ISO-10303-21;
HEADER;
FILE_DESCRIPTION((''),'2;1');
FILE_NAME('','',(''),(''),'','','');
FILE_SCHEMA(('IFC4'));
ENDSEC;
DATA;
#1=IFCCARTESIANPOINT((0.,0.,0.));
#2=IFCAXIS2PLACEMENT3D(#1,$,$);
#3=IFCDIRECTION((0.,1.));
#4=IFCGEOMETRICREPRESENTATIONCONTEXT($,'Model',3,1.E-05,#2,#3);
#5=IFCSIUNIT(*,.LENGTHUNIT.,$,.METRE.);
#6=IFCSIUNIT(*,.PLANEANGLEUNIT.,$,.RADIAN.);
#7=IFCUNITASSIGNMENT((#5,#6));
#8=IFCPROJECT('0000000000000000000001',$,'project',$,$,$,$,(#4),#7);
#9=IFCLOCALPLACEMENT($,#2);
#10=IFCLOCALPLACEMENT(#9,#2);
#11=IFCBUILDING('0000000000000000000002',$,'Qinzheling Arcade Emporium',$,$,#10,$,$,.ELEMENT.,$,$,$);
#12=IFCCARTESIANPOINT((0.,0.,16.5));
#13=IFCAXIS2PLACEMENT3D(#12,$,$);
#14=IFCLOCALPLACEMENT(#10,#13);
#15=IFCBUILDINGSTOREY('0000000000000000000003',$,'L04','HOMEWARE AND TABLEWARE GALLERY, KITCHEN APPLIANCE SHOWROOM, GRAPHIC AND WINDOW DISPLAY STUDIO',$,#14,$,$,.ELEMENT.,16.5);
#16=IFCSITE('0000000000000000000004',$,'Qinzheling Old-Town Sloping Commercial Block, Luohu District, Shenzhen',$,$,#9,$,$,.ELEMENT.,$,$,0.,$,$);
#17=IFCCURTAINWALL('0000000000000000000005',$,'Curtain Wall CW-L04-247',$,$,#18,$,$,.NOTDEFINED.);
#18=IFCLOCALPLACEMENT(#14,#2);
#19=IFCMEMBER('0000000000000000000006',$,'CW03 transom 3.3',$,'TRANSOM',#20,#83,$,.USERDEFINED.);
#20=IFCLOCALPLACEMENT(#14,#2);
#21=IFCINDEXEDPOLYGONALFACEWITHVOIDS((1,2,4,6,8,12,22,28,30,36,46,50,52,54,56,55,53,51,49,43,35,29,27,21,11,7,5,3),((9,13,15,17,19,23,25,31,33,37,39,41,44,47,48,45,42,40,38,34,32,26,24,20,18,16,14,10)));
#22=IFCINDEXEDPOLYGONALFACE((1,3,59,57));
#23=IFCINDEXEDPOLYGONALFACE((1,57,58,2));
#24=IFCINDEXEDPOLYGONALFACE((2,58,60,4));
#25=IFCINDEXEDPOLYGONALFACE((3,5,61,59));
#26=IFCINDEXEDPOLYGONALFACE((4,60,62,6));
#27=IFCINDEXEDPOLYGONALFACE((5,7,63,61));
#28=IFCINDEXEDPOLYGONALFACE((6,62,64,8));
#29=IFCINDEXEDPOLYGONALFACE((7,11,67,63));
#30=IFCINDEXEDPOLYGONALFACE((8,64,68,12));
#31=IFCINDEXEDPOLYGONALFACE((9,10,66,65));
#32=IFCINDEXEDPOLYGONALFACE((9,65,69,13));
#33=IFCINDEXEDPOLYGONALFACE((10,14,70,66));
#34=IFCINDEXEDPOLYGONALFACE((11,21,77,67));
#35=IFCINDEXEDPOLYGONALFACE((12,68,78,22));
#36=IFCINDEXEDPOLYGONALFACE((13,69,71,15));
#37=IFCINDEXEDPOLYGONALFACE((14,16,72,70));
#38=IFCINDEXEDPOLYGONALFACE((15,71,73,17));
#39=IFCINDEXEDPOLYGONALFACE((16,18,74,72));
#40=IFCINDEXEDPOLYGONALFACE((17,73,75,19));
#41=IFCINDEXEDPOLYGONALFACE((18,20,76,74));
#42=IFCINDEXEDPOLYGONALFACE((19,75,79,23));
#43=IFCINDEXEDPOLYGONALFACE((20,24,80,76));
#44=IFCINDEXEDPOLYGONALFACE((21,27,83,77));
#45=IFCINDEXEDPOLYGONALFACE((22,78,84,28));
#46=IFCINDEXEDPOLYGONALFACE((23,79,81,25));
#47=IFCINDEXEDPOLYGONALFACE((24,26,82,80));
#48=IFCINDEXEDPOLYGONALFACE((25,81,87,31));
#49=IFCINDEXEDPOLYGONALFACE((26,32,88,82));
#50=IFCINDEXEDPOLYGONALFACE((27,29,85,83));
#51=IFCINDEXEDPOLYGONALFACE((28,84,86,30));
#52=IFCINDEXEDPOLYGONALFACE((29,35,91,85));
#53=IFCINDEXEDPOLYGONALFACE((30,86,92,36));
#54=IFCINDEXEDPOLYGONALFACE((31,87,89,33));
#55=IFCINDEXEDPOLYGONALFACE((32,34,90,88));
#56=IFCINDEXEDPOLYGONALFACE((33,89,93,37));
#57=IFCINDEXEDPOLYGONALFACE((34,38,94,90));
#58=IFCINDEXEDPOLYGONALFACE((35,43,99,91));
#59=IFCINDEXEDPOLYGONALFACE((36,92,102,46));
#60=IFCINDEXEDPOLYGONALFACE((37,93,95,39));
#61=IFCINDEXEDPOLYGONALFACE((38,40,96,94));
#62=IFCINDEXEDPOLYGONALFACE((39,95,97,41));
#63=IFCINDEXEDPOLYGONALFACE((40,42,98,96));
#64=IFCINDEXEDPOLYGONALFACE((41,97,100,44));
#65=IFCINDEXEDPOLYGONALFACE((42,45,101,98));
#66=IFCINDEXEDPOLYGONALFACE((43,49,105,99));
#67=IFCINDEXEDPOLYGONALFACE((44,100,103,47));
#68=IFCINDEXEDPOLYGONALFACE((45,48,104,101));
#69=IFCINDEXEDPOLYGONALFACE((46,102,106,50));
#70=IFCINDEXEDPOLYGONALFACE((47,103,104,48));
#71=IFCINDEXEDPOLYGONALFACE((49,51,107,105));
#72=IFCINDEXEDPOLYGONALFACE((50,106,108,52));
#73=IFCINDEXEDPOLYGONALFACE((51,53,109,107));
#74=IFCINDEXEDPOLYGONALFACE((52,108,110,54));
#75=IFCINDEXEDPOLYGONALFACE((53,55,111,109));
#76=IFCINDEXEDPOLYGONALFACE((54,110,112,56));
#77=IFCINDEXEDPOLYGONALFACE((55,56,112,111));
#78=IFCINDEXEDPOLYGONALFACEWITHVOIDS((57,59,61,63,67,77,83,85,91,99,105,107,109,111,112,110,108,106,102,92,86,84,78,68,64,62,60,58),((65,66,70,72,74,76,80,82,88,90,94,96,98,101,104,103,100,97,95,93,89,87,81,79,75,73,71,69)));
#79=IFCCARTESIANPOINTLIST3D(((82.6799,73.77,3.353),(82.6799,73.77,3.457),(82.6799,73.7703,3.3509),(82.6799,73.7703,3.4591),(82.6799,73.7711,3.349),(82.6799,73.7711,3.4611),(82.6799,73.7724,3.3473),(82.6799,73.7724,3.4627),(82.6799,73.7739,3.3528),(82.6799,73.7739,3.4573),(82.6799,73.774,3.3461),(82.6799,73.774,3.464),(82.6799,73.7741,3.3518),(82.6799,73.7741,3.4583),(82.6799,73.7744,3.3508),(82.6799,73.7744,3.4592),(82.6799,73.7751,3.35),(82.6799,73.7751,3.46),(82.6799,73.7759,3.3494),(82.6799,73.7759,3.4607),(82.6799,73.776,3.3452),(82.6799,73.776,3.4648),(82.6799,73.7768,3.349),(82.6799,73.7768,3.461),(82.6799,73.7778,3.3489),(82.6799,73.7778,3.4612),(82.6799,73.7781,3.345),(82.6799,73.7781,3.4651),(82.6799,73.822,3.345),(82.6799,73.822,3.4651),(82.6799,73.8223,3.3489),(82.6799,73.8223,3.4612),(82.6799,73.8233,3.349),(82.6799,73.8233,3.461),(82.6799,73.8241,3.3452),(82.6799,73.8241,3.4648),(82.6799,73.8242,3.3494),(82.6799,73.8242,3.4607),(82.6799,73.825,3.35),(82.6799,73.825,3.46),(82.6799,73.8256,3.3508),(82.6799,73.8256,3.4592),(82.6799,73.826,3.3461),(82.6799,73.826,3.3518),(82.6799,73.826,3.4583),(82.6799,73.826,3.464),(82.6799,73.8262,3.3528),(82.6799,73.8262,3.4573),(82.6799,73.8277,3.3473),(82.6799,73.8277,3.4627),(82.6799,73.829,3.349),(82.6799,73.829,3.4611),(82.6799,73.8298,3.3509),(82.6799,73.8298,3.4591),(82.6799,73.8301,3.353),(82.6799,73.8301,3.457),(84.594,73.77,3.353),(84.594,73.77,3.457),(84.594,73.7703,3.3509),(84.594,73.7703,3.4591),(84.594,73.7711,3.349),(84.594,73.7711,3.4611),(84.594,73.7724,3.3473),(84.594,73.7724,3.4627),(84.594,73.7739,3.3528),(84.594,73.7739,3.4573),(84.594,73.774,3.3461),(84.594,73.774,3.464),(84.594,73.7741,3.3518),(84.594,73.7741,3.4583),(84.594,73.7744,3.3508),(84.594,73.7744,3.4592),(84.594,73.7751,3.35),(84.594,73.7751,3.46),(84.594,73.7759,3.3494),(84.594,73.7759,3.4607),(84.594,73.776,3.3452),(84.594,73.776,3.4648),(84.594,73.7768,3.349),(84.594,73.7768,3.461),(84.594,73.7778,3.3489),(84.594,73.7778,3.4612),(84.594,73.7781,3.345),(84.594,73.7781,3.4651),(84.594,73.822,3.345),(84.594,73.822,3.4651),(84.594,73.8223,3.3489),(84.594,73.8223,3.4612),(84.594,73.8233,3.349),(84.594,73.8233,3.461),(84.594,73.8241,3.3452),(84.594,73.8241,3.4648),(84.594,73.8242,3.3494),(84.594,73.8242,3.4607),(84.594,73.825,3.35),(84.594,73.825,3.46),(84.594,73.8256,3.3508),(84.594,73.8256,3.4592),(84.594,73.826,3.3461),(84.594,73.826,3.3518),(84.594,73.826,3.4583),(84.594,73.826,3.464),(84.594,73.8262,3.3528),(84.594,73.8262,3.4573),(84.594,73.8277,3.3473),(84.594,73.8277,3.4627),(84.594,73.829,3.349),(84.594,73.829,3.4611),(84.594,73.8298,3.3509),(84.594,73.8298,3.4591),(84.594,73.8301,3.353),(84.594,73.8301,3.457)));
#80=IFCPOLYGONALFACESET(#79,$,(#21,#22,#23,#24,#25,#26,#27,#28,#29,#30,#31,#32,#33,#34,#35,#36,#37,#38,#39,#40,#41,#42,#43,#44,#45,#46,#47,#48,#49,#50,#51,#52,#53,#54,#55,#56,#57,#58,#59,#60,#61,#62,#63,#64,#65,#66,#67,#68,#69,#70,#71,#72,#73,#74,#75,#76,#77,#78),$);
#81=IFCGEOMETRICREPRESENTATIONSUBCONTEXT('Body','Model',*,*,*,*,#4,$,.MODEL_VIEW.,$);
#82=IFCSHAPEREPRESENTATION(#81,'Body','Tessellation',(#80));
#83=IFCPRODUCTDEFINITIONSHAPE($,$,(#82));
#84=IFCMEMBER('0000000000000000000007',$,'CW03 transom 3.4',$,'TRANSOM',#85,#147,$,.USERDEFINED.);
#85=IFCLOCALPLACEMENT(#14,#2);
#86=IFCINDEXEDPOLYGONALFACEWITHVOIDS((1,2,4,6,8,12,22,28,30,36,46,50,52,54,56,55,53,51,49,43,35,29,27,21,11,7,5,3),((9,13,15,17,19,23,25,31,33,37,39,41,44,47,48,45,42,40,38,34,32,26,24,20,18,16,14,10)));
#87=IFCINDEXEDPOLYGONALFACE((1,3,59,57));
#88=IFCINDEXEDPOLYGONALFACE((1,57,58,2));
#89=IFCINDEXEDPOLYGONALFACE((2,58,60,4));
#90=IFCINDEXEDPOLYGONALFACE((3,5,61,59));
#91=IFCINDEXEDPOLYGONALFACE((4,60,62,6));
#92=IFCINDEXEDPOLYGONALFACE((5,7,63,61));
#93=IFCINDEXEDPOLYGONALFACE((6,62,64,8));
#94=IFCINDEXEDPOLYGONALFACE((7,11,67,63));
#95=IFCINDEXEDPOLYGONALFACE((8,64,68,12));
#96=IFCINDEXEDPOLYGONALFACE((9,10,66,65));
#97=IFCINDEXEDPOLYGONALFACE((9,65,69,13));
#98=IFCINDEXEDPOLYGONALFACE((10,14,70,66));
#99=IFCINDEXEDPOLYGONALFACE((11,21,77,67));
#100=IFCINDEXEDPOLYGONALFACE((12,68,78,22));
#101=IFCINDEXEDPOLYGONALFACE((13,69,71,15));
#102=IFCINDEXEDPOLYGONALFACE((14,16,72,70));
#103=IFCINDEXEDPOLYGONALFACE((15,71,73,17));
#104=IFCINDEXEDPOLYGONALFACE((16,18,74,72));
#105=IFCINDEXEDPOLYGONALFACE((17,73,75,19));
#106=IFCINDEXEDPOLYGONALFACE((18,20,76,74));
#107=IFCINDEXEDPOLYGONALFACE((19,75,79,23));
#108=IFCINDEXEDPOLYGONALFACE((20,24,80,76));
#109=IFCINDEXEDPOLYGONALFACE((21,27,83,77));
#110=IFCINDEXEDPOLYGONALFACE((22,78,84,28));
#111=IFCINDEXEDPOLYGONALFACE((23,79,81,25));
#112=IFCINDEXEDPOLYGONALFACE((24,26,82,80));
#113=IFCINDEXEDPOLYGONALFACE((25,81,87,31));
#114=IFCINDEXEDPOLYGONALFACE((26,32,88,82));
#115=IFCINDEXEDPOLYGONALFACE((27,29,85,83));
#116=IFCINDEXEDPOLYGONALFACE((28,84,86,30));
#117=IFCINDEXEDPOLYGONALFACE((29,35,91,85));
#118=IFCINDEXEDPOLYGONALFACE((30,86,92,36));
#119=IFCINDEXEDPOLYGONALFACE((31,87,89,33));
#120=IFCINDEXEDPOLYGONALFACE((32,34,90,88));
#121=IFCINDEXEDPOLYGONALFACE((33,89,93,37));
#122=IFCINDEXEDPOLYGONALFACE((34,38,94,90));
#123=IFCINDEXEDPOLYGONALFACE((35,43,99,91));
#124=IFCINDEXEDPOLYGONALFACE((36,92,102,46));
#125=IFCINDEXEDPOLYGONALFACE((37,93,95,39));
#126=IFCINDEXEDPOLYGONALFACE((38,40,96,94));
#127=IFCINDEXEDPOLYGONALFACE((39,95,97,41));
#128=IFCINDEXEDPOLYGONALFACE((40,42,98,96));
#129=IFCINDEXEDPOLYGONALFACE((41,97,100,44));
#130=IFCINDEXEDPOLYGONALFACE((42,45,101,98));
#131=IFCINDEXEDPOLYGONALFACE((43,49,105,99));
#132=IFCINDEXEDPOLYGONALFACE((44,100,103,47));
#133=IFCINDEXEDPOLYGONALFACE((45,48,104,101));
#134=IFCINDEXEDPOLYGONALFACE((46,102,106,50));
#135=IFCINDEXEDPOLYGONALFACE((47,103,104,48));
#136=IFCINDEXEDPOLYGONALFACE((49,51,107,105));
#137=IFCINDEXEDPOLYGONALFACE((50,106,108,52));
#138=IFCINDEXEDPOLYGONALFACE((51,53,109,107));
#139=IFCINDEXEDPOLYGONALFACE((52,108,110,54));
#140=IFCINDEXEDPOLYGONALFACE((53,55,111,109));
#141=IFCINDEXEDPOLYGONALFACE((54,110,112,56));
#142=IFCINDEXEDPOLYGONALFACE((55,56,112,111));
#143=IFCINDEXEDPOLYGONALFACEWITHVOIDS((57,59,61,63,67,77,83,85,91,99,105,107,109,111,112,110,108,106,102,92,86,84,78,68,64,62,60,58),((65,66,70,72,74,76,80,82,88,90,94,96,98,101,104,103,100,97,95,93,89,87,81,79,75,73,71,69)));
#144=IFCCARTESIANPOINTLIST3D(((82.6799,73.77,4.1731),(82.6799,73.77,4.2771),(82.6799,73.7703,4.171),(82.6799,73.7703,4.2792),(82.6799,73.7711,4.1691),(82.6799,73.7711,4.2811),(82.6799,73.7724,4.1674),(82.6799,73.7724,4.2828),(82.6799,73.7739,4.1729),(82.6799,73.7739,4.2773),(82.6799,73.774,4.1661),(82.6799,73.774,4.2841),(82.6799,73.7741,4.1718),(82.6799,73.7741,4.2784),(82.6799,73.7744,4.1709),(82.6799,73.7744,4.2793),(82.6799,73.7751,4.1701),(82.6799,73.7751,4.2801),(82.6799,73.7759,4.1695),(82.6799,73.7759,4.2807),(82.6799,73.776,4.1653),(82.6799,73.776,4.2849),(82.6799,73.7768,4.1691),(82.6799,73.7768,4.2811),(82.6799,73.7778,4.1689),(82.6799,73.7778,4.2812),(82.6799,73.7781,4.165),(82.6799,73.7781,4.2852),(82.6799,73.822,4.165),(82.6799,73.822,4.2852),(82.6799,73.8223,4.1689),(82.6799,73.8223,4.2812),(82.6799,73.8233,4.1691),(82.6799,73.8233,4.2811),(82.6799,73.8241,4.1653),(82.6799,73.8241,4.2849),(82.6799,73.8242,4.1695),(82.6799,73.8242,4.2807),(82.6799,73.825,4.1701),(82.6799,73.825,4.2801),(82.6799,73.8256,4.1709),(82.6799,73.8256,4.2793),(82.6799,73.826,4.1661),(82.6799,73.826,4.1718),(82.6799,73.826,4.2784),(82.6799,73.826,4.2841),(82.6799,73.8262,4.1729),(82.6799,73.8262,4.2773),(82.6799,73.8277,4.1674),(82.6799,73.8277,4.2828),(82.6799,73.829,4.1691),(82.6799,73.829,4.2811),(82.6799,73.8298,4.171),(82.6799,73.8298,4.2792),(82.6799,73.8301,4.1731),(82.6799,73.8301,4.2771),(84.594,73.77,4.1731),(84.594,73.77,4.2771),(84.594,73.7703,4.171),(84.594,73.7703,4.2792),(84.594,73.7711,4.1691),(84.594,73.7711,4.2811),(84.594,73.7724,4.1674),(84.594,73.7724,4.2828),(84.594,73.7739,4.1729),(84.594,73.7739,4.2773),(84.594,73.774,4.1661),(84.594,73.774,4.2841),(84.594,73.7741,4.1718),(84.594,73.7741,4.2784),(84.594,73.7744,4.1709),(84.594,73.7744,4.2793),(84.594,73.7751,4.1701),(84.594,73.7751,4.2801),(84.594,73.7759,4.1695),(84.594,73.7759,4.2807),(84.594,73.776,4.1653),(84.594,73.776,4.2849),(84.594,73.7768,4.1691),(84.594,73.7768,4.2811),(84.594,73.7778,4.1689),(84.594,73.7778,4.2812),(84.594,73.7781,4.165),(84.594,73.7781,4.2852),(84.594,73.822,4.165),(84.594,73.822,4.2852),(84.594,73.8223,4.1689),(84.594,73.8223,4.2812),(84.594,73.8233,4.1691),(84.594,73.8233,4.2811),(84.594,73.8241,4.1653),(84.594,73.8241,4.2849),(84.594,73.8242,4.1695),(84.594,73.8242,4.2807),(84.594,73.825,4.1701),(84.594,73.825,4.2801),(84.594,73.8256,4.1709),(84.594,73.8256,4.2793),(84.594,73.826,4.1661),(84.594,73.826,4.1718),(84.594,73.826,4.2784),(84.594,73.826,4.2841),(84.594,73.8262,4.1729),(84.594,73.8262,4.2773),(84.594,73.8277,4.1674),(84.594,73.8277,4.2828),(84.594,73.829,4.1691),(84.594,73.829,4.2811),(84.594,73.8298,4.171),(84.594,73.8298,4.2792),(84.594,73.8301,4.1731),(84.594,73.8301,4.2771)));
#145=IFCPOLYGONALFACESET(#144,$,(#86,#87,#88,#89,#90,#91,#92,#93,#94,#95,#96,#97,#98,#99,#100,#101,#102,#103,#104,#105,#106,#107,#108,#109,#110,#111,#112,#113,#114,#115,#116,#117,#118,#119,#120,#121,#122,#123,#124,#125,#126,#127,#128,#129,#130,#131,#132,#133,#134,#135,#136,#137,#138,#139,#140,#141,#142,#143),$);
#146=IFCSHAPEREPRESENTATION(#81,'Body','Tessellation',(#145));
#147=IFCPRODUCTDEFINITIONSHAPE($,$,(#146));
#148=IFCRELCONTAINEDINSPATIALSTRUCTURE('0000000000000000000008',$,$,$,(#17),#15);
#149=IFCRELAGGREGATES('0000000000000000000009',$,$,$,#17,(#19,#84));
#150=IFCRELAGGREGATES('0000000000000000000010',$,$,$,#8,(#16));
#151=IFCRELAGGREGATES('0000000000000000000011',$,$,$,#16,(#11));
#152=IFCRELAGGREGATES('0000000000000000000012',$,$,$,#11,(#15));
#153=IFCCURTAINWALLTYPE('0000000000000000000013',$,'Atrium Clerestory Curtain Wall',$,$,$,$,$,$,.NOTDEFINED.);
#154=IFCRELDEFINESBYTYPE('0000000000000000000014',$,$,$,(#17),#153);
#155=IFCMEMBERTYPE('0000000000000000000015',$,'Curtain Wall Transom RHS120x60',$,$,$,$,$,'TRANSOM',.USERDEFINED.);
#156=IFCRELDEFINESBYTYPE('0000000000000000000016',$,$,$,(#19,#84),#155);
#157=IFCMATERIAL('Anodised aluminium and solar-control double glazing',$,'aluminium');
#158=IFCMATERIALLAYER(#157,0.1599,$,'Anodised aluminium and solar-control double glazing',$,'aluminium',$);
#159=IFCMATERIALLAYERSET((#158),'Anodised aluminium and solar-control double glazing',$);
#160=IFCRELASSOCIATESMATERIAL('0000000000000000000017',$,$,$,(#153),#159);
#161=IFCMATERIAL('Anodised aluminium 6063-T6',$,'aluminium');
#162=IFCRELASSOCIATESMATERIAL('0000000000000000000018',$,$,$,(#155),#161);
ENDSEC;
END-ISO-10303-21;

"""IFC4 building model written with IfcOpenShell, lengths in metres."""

from ifc_helpers import new_model, si_unit, direction, frame, origin, origin_2d, place, context, subcontext, project, spatial, hollow_rectangle, extrude, material, layer, layer_set, material_profile, profile_set, type_object, element, aggregate, save


model = new_model("IFC4")

# Units and contexts
model_context = context("Model", 3, precision=1e-05, world=origin(), true_north=direction((0.0, 1.0)))
body_context = subcontext(model_context, "Body", "Model", "MODEL_VIEW")
ifc_project = project(units=[si_unit("LENGTHUNIT", "METRE"), si_unit("PLANEANGLEUNIT", "RADIAN")], contexts=[model_context])

# Site, building, storey
site_placement = place(None, origin())
site = spatial("IfcSite", under=ifc_project, at=site_placement, Name="Qinzheling Old-Town Sloping Commercial Block, Luohu District, Shenzhen", CompositionType="ELEMENT", RefElevation=0.0)
building_placement = place(site_placement, origin())
building = spatial("IfcBuilding", under=site, at=building_placement, Name="Qinzheling Arcade Emporium", CompositionType="ELEMENT")
storey_placement = place(building_placement, frame((0.0, 0.0, 16.5)))
storey = spatial("IfcBuildingStorey", under=building, at=storey_placement, Name="L04", Description="HOMEWARE AND TABLEWARE GALLERY, KITCHEN APPLIANCE SHOWROOM, GRAPHIC AND WINDOW DISPLAY STUDIO", CompositionType="ELEMENT", Elevation=16.5)

# Curtain wall
ifc_material_1 = material(Name="Anodised aluminium and solar-control double glazing", Category="aluminium")
ifc_layer_1 = layer(ifc_material_1, 0.1599, Name="Anodised aluminium and solar-control double glazing", Category="aluminium")
ifc_layer_set_1 = layer_set([ifc_layer_1], Name="Anodised aluminium and solar-control double glazing")
curtain_wall_type = type_object("IfcCurtainWallType", Name="Atrium Clerestory Curtain Wall", PredefinedType="NOTDEFINED", material=ifc_layer_set_1)
ifc_material_2 = material(Name="Anodised aluminium 6063-T6", Category="aluminium")
curtain_wall_1_placement = place(storey_placement, origin())
curtain_wall_1 = element("IfcCurtainWall", 1, at=curtain_wall_1_placement, inside=storey, type_object=curtain_wall_type, Name="Curtain Wall CW-L04-247", PredefinedType="NOTDEFINED")

# Members
ifc_material_profile_1 = material_profile(ifc_material_2, hollow_rectangle(XDim=0.0601, YDim=0.1201, WallThickness=0.0039, InnerFilletRadius=0.0039, OuterFilletRadius=0.0081, at=origin_2d()), Name="RHS 120x60x4", Category="aluminium")
ifc_profile_set_1 = profile_set([ifc_material_profile_1], Name="Anodised aluminium 6063-T6")
member_type_1 = type_object("IfcMemberType", Name="Curtain Wall Transom RHS120x60", ElementType="TRANSOM", PredefinedType="USERDEFINED", material=ifc_profile_set_1)
member_1_placement = place(storey_placement, frame((82.6799, 73.8, 3.405), z_axis=(1.0, 0.0, 0.0), x_axis=(0.0, 1.0, 0.0)))
member_1 = element("IfcMember", 2, at=member_1_placement, type_object=member_type_1, Name="CW03 transom 3.3", ObjectType="TRANSOM", PredefinedType="USERDEFINED", context=body_context, shape_type="SweptSolid", body=[
    extrude(hollow_rectangle(XDim=0.0601, YDim=0.1201, WallThickness=0.0039, InnerFilletRadius=0.0039, OuterFilletRadius=0.0081, at=origin_2d()), origin(), (0.0, 0.0, 1.0), 1.9141),
])
member_2_placement = place(storey_placement, frame((82.6799, 73.8, 4.2251), z_axis=(1.0, 0.0, 0.0), x_axis=(0.0, 1.0, 0.0)))
member_2 = element("IfcMember", 3, at=member_2_placement, type_object=member_type_1, Name="CW03 transom 3.4", ObjectType="TRANSOM", PredefinedType="USERDEFINED", context=body_context, shape_type="SweptSolid", body=[
    extrude(hollow_rectangle(XDim=0.0601, YDim=0.1201, WallThickness=0.0039, InnerFilletRadius=0.0039, OuterFilletRadius=0.0081, at=origin_2d()), origin(), (0.0, 0.0, 1.0), 1.9141),
])

aggregate(curtain_wall_1, [member_1, member_2])

save(model, "model.ifc")
